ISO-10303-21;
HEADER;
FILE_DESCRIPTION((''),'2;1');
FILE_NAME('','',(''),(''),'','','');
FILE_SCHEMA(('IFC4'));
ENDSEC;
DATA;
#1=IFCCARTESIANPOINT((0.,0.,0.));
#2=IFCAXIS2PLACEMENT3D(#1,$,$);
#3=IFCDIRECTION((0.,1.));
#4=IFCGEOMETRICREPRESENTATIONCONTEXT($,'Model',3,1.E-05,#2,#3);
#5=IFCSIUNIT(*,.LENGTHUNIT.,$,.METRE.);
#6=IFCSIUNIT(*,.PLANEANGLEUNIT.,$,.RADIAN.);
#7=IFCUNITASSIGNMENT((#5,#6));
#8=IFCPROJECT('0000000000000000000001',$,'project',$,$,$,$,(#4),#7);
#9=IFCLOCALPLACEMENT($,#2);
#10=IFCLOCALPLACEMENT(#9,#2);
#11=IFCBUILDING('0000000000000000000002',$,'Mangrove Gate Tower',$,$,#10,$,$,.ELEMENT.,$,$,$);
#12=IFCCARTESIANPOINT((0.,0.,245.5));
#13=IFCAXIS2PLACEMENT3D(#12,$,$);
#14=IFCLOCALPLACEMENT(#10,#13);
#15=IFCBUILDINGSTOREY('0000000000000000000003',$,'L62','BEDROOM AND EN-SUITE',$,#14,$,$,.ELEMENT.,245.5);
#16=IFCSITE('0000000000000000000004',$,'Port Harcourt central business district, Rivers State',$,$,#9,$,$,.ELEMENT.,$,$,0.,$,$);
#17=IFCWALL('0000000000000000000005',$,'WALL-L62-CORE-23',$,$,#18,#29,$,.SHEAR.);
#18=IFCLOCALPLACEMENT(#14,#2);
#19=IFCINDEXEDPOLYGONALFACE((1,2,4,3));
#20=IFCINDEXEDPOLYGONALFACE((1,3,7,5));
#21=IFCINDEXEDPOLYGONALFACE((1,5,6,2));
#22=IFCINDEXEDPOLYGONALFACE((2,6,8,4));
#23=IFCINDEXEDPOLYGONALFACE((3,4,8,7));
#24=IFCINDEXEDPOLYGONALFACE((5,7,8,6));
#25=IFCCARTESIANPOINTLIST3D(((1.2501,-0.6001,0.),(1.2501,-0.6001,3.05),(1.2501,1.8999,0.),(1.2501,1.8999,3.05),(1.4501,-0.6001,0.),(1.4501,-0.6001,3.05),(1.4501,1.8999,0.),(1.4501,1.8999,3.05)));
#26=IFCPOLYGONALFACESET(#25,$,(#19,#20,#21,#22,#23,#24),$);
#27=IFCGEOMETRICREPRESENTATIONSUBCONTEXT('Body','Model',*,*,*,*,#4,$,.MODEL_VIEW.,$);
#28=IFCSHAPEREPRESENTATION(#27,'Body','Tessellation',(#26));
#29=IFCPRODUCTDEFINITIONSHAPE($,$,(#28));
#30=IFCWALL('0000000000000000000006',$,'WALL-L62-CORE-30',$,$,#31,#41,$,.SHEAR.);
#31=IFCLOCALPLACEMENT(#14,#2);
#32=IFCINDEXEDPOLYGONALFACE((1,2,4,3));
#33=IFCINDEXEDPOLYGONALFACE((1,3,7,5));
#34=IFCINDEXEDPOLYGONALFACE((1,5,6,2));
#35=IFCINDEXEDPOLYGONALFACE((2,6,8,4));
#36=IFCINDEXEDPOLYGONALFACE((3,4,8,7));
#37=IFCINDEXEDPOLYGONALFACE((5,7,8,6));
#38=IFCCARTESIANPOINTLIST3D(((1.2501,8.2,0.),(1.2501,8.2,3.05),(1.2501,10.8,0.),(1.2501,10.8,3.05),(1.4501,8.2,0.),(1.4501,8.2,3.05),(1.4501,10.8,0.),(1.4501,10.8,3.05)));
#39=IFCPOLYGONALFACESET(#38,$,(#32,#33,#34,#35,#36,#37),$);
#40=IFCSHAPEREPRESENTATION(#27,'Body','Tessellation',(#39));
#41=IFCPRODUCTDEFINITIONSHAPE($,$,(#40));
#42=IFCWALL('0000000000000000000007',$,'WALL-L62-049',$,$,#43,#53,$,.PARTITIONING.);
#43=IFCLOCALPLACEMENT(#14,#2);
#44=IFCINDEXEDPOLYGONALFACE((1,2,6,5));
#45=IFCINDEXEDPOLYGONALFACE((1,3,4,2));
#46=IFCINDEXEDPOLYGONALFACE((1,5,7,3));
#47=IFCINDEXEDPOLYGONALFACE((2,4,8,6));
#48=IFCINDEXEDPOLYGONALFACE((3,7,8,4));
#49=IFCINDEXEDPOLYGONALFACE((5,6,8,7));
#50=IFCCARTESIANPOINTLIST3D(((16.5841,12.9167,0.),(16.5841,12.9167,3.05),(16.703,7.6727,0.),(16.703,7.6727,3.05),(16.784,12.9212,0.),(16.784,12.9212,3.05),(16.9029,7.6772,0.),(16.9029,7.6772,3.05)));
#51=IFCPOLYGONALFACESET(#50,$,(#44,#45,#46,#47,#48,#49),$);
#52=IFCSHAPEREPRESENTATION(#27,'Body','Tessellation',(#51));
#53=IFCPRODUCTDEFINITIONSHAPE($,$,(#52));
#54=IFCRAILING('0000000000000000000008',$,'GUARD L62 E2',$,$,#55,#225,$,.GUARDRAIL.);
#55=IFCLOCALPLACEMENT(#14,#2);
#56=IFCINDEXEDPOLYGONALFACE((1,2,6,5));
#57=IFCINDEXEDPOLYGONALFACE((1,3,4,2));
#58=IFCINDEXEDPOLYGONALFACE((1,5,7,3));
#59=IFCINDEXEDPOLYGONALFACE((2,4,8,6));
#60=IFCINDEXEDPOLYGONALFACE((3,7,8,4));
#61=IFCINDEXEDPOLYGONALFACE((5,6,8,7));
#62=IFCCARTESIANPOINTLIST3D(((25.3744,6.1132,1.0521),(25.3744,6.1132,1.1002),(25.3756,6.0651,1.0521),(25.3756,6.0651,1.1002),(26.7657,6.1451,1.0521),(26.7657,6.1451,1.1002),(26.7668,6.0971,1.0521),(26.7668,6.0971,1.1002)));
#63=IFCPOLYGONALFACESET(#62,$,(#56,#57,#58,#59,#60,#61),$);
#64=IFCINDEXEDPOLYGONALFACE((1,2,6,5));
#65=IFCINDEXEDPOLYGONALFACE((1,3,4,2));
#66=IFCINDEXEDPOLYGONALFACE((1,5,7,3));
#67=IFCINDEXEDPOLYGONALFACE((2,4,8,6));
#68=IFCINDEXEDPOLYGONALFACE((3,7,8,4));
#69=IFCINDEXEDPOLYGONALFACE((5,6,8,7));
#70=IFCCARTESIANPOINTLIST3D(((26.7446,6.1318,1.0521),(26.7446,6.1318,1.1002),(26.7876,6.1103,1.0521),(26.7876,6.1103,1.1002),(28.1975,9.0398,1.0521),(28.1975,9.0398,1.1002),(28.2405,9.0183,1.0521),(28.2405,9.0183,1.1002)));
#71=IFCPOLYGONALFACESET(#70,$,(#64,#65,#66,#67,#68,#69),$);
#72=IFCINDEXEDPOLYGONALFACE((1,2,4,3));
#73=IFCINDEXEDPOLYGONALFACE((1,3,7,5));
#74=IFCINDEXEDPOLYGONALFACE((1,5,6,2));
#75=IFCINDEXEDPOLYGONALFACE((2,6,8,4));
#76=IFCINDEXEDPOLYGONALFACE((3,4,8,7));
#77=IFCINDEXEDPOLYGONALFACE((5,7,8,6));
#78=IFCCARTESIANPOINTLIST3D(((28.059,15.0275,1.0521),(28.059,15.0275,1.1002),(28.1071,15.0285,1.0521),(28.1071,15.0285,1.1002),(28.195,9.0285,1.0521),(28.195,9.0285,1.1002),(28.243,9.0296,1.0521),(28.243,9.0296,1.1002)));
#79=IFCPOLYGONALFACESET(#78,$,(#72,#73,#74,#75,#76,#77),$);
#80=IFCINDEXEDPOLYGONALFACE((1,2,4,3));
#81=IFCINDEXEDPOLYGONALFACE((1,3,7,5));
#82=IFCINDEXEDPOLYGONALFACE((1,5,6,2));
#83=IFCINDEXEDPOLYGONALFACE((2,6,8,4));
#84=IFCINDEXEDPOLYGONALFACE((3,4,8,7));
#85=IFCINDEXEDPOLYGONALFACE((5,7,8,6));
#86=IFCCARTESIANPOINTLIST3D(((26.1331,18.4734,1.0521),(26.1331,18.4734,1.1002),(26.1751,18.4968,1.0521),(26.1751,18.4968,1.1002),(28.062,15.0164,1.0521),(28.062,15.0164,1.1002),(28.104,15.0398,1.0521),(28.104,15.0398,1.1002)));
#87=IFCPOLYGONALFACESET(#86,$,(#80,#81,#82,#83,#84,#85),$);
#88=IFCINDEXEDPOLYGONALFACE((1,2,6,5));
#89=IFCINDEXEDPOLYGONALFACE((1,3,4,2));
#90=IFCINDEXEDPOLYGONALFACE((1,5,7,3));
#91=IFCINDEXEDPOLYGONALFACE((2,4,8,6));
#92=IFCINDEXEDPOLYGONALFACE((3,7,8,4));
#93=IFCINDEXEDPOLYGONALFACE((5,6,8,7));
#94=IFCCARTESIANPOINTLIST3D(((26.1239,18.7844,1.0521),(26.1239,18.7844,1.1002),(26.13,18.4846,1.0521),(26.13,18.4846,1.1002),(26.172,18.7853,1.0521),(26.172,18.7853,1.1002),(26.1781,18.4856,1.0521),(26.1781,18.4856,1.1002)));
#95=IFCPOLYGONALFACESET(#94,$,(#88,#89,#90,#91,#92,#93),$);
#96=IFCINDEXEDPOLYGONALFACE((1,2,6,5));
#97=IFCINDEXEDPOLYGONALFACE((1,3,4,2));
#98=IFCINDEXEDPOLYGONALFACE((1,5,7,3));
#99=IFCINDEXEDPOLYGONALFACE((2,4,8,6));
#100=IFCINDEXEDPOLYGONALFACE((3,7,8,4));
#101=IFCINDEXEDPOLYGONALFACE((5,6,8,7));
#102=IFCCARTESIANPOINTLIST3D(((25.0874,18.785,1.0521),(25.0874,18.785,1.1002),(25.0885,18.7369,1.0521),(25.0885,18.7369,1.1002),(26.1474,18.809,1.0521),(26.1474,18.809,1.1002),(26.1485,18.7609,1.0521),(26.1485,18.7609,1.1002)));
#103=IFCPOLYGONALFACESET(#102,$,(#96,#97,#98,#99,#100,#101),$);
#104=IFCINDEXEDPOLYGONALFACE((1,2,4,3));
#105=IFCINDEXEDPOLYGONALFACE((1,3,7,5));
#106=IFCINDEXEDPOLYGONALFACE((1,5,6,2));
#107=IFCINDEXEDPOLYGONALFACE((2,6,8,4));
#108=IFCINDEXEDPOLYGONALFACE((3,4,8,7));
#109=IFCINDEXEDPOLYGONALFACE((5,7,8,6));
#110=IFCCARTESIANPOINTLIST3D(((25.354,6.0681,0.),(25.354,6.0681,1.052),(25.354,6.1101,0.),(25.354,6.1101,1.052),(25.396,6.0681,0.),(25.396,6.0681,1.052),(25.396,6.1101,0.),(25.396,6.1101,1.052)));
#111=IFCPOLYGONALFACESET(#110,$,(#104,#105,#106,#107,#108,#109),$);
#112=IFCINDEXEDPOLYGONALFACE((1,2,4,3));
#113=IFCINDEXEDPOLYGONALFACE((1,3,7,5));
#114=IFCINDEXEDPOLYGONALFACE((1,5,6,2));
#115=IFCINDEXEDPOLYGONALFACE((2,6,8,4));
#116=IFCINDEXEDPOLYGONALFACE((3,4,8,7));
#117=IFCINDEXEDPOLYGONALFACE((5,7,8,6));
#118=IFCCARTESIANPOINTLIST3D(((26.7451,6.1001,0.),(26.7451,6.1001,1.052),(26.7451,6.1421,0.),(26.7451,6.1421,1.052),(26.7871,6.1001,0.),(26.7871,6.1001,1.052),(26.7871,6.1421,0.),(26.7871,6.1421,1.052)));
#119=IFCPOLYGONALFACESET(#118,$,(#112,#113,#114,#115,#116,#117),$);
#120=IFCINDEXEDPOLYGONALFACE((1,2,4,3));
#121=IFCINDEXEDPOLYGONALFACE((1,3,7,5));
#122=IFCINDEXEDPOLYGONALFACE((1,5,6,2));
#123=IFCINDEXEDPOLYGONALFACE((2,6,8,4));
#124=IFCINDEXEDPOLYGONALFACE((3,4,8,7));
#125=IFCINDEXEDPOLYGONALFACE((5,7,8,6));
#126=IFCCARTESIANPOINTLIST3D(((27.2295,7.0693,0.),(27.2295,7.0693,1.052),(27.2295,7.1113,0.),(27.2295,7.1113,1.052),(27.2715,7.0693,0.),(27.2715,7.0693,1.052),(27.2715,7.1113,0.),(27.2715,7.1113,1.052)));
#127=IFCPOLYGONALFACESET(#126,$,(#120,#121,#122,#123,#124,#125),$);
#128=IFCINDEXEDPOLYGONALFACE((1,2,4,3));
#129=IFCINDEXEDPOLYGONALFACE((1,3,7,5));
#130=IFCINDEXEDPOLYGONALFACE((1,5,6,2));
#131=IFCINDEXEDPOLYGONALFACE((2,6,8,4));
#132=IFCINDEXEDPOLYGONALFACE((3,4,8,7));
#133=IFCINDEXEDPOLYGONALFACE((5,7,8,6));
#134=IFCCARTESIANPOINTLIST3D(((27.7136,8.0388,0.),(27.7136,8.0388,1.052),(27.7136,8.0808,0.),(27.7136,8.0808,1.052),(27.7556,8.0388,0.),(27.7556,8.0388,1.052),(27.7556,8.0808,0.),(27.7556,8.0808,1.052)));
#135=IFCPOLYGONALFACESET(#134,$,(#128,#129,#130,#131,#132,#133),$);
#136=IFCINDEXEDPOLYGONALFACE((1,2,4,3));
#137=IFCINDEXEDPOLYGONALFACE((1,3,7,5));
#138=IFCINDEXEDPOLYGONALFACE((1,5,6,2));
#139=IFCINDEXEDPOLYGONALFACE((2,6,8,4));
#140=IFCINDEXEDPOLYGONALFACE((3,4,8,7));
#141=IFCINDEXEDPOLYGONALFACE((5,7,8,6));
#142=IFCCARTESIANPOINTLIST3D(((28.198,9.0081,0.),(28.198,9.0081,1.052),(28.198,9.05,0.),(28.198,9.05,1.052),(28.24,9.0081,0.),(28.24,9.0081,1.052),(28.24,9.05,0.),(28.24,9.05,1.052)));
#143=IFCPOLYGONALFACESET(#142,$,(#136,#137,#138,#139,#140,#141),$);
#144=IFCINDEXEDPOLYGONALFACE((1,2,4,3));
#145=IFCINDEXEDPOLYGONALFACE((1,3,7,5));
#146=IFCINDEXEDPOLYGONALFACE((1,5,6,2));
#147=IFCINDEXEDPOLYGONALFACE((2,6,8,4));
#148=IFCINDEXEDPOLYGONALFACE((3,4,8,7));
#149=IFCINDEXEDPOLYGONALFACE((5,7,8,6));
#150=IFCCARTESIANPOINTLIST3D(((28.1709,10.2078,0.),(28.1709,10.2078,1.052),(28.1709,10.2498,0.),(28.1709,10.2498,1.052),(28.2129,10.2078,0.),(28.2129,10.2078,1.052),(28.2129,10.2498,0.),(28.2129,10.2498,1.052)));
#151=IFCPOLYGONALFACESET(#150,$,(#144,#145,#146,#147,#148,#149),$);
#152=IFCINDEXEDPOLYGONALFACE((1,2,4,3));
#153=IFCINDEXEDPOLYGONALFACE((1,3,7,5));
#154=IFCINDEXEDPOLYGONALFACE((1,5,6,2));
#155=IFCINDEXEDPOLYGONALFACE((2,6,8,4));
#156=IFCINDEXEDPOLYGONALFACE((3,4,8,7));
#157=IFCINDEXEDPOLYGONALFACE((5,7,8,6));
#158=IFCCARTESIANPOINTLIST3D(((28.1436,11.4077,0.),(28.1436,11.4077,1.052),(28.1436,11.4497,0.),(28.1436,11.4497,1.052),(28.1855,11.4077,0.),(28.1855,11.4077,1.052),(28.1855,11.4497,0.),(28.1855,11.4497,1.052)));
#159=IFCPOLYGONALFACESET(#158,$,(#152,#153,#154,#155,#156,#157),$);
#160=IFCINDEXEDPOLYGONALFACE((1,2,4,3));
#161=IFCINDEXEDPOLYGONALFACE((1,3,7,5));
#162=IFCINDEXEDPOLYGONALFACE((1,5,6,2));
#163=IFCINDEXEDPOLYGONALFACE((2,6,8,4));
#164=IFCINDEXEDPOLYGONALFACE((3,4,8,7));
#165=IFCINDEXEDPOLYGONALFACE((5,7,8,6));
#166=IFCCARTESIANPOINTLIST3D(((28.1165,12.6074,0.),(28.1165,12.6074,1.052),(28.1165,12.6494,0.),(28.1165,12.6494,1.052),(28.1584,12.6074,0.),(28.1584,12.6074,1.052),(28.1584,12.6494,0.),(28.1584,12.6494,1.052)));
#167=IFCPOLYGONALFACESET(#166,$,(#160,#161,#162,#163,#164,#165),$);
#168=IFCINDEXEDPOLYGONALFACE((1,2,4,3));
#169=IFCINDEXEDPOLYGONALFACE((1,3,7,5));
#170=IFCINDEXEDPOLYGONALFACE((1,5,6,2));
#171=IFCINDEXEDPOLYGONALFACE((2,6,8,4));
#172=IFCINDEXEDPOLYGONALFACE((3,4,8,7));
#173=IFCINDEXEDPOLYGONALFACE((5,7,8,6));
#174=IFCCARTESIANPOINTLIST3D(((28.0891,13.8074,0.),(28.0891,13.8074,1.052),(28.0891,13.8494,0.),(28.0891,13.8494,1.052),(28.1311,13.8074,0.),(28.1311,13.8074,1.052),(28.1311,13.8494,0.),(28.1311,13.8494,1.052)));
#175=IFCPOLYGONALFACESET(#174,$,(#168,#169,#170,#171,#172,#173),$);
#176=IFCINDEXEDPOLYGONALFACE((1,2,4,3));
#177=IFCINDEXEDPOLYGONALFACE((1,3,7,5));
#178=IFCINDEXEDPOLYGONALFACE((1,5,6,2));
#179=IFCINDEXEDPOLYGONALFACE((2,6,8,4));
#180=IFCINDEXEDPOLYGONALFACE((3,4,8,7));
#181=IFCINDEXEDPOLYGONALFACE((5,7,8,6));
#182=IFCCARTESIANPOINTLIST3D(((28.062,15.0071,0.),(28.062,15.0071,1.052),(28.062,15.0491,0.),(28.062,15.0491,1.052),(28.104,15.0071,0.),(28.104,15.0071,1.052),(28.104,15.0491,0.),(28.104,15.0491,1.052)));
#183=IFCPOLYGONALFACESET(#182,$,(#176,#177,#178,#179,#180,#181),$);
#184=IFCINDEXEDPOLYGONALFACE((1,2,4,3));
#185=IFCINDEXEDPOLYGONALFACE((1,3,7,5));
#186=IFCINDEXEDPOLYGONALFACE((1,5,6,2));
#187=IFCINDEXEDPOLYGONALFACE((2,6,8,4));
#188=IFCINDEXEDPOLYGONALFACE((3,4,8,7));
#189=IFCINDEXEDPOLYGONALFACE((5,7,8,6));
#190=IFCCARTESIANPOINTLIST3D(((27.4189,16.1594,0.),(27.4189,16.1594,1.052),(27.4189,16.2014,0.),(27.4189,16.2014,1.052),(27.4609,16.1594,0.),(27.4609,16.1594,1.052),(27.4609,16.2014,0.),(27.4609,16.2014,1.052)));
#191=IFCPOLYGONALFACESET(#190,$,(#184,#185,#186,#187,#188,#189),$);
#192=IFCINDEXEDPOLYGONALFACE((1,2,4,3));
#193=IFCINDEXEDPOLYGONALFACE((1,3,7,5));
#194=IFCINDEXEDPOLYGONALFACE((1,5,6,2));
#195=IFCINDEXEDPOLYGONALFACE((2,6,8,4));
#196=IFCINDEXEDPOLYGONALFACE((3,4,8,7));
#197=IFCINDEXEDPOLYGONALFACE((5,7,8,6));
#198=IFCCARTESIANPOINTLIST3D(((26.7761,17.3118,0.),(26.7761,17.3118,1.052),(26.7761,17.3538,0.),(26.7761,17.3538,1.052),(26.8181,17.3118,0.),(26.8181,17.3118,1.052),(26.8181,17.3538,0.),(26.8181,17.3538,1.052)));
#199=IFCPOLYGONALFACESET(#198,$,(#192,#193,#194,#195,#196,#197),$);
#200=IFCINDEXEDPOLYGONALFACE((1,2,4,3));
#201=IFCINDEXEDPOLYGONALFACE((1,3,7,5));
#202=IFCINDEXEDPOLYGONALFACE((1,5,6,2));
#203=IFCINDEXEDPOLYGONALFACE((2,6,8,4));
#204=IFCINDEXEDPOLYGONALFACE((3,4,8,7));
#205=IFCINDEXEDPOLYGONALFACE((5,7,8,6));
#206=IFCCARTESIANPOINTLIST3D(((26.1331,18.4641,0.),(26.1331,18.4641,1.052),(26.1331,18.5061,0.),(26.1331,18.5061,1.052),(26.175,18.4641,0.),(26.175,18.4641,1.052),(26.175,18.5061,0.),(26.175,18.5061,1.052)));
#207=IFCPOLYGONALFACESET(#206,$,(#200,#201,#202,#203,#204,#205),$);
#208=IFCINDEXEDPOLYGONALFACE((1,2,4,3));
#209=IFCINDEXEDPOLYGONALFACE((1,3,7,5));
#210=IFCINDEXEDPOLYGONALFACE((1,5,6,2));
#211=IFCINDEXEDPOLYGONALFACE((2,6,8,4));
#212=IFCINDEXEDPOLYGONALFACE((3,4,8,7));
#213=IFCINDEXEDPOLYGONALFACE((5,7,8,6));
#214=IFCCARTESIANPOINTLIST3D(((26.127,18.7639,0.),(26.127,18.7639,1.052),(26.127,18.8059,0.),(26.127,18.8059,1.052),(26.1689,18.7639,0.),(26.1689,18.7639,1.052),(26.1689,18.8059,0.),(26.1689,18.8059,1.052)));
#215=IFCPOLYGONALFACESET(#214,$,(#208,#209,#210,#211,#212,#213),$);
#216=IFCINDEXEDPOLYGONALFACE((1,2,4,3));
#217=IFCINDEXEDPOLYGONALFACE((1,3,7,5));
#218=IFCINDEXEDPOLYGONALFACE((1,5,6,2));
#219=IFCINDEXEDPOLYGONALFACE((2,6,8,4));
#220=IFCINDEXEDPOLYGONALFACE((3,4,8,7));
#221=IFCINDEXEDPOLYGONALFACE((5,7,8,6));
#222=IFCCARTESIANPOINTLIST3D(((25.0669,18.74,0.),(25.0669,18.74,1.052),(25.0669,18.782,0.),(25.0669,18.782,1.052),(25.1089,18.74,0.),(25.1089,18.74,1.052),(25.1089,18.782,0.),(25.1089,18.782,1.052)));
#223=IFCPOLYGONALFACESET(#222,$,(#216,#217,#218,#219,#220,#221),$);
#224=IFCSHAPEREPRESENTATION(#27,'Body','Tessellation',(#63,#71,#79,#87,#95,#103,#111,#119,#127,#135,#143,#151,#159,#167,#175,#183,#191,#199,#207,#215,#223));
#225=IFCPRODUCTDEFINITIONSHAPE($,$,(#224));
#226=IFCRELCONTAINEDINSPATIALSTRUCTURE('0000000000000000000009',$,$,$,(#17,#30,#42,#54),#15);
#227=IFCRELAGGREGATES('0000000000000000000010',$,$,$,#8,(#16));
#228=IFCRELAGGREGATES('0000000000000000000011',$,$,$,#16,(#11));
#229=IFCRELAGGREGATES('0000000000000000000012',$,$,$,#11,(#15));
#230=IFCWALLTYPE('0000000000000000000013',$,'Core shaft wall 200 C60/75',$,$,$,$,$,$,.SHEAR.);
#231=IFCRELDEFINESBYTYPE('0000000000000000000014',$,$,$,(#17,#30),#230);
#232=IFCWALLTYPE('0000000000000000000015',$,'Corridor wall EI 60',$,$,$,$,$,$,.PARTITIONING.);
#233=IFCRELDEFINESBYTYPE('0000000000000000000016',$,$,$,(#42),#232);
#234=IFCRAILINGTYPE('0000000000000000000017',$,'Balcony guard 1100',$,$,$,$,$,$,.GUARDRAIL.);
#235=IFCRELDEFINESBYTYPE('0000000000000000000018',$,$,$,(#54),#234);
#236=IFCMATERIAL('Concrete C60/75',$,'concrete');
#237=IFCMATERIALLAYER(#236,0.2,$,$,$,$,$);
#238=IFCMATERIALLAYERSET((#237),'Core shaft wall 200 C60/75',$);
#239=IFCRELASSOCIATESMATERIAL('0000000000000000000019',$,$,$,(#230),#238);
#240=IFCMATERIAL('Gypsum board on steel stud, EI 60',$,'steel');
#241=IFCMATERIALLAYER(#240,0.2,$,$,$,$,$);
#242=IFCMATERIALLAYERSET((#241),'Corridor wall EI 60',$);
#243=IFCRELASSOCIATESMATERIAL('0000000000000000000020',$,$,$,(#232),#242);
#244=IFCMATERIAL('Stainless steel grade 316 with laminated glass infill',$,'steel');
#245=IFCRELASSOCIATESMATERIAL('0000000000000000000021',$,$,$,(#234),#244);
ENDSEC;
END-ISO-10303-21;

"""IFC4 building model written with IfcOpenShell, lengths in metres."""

from ifc_helpers import new_model, si_unit, direction, frame, frame_2d, origin, origin_2d, place, context, subcontext, project, spatial, rectangle, extrude, material, layer, layer_set, type_object, element, save


model = new_model("IFC4")

# Units and contexts
model_context = context("Model", 3, precision=1e-05, world=origin(), true_north=direction((0.0, 1.0)))
body_context = subcontext(model_context, "Body", "Model", "MODEL_VIEW")
ifc_project = project(units=[si_unit("LENGTHUNIT", "METRE"), si_unit("PLANEANGLEUNIT", "RADIAN")], contexts=[model_context])

# Site, building, storey
site_placement = place(None, origin())
site = spatial("IfcSite", under=ifc_project, at=site_placement, Name="Port Harcourt central business district, Rivers State", CompositionType="ELEMENT", RefElevation=0.0)
building_placement = place(site_placement, origin())
building = spatial("IfcBuilding", under=site, at=building_placement, Name="Mangrove Gate Tower", CompositionType="ELEMENT")
storey_placement = place(building_placement, frame((0.0, 0.0, 245.5)))
storey = spatial("IfcBuildingStorey", under=building, at=storey_placement, Name="L62", Description="BEDROOM AND EN-SUITE", CompositionType="ELEMENT", Elevation=245.5)

# Walls
ifc_material_1 = material(Name="Concrete C60/75", Category="concrete")
ifc_layer_1 = layer(ifc_material_1, 0.2)
ifc_layer_set_1 = layer_set([ifc_layer_1], Name="Core shaft wall 200 C60/75")
wall_type_1 = type_object("IfcWallType", Name="Core shaft wall 200 C60/75", PredefinedType="SHEAR", material=ifc_layer_set_1)
wall_1_placement = place(storey_placement, frame((1.3501, -0.6001, 0.0), z_axis=(0.0, 0.0, 1.0), x_axis=(0.0, 1.0, 0.0)))
element("IfcWall", 1, at=wall_1_placement, inside=storey, type_object=wall_type_1, Name="WALL-L62-CORE-23", PredefinedType="SHEAR", context=body_context, shape_type="SweptSolid", body=[
    extrude(rectangle(XDim=2.5, YDim=0.2, at=frame_2d((1.25, 0.0))), origin(), (0.0, 0.0, 1.0), 3.05),
])
wall_2_placement = place(storey_placement, frame((1.3501, 8.2, 0.0), z_axis=(0.0, 0.0, 1.0), x_axis=(0.0, 1.0, 0.0)))
element("IfcWall", 2, at=wall_2_placement, inside=storey, type_object=wall_type_1, Name="WALL-L62-CORE-30", PredefinedType="SHEAR", context=body_context, shape_type="SweptSolid", body=[
    extrude(rectangle(XDim=2.6001, YDim=0.2, at=frame_2d((1.3, 0.0))), origin(), (0.0, 0.0, 1.0), 3.05),
])
ifc_material_2 = material(Name="Gypsum board on steel stud, EI 60", Category="steel")
ifc_layer_2 = layer(ifc_material_2, 0.2)
ifc_layer_set_2 = layer_set([ifc_layer_2], Name="Corridor wall EI 60")
wall_type_2 = type_object("IfcWallType", Name="Corridor wall EI 60", PredefinedType="PARTITIONING", material=ifc_layer_set_2)
wall_3_placement = place(storey_placement, frame((16.803, 7.675, 0.0), z_axis=(0.0, 0.0, 1.0), x_axis=(-0.022667, 0.999743, 0.0)))
element("IfcWall", 3, at=wall_3_placement, inside=storey, type_object=wall_type_2, Name="WALL-L62-049", PredefinedType="PARTITIONING", context=body_context, shape_type="SweptSolid", body=[
    extrude(rectangle(XDim=5.2454, YDim=0.2, at=frame_2d((2.6226, 0.0))), origin(), (0.0, 0.0, 1.0), 3.05),
])

# Railing
ifc_material_3 = material(Name="Stainless steel grade 316 with laminated glass infill", Category="steel")
railing_type = type_object("IfcRailingType", Name="Balcony guard 1100", PredefinedType="GUARDRAIL", material=ifc_material_3)
railing_placement = place(storey_placement, frame((25.375, 6.0891, 0.0)))
element("IfcRailing", 4, at=railing_placement, inside=storey, type_object=railing_type, Name="GUARD L62 E2", PredefinedType="GUARDRAIL", context=body_context, shape_type="SweptSolid", body=[
    extrude(rectangle(XDim=0.0481, YDim=0.0481, at=origin_2d()), frame((0.0, 0.0, 1.0762), z_axis=(0.999736, 0.022984, 0.0), x_axis=(-0.022984, 0.999736, 0.0)), (0.0, 0.0, 1.0), 1.3916),
    extrude(rectangle(XDim=0.0481, YDim=0.0481, at=origin_2d()), frame((1.3911, 0.032, 1.0762), z_axis=(0.446943, 0.894562, 0.0), x_axis=(-0.894562, 0.446943, 0.0)), (0.0, 0.0, 1.0), 3.2507),
    extrude(rectangle(XDim=0.0481, YDim=0.0481, at=origin_2d()), frame((2.844, 2.9399, 1.0762), z_axis=(-0.022662, 0.999743, 0.0), x_axis=(-0.999743, -0.022662, 0.0)), (0.0, 0.0, 1.0), 6.0005),
    extrude(rectangle(XDim=0.0481, YDim=0.0481, at=origin_2d()), frame((2.708, 8.939, 1.0762), z_axis=(-0.48726, 0.873257, 0.0), x_axis=(-0.873257, -0.48726, 0.0)), (0.0, 0.0, 1.0), 3.9587),
    extrude(rectangle(XDim=0.0481, YDim=0.0481, at=origin_2d()), frame((0.7791, 12.396, 1.0762), z_axis=(-0.020354, 0.999793, 0.0), x_axis=(-0.999793, -0.020354, 0.0)), (0.0, 0.0, 1.0), 0.2998),
    extrude(rectangle(XDim=0.0481, YDim=0.0481, at=origin_2d()), frame((0.7729, 12.6958, 1.0762), z_axis=(-0.999745, -0.022564, 0.0), x_axis=(0.022564, -0.999745, 0.0)), (0.0, 0.0, 1.0), 1.0603),
    extrude(rectangle(XDim=0.042, YDim=0.042, at=origin_2d()), origin(), (0.0, 0.0, 1.0), 1.052),
    extrude(rectangle(XDim=0.042, YDim=0.042, at=origin_2d()), frame((1.3911, 0.032, 0.0)), (0.0, 0.0, 1.0), 1.052),
    extrude(rectangle(XDim=0.042, YDim=0.042, at=origin_2d()), frame((1.8755, 1.0012, 0.0)), (0.0, 0.0, 1.0), 1.052),
    extrude(rectangle(XDim=0.042, YDim=0.042, at=origin_2d()), frame((2.3596, 1.9707, 0.0)), (0.0, 0.0, 1.0), 1.052),
    extrude(rectangle(XDim=0.042, YDim=0.042, at=origin_2d()), frame((2.844, 2.9399, 0.0)), (0.0, 0.0, 1.0), 1.052),
    extrude(rectangle(XDim=0.042, YDim=0.042, at=origin_2d()), frame((2.8169, 4.1396, 0.0)), (0.0, 0.0, 1.0), 1.052),
    extrude(rectangle(XDim=0.042, YDim=0.042, at=origin_2d()), frame((2.7896, 5.3396, 0.0)), (0.0, 0.0, 1.0), 1.052),
    extrude(rectangle(XDim=0.042, YDim=0.042, at=origin_2d()), frame((2.7625, 6.5393, 0.0)), (0.0, 0.0, 1.0), 1.052),
    extrude(rectangle(XDim=0.042, YDim=0.042, at=origin_2d()), frame((2.7351, 7.7393, 0.0)), (0.0, 0.0, 1.0), 1.052),
    extrude(rectangle(XDim=0.042, YDim=0.042, at=origin_2d()), frame((2.708, 8.939, 0.0)), (0.0, 0.0, 1.0), 1.052),
    extrude(rectangle(XDim=0.042, YDim=0.042, at=origin_2d()), frame((2.0649, 10.0913, 0.0)), (0.0, 0.0, 1.0), 1.052),
    extrude(rectangle(XDim=0.042, YDim=0.042, at=origin_2d()), frame((1.4221, 11.2437, 0.0)), (0.0, 0.0, 1.0), 1.052),
    extrude(rectangle(XDim=0.042, YDim=0.042, at=origin_2d()), frame((0.7791, 12.396, 0.0)), (0.0, 0.0, 1.0), 1.052),
    extrude(rectangle(XDim=0.042, YDim=0.042, at=origin_2d()), frame((0.7729, 12.6958, 0.0)), (0.0, 0.0, 1.0), 1.052),
    extrude(rectangle(XDim=0.042, YDim=0.042, at=origin_2d()), frame((-0.2871, 12.6719, 0.0)), (0.0, 0.0, 1.0), 1.052),
])

save(model, "model.ifc")
